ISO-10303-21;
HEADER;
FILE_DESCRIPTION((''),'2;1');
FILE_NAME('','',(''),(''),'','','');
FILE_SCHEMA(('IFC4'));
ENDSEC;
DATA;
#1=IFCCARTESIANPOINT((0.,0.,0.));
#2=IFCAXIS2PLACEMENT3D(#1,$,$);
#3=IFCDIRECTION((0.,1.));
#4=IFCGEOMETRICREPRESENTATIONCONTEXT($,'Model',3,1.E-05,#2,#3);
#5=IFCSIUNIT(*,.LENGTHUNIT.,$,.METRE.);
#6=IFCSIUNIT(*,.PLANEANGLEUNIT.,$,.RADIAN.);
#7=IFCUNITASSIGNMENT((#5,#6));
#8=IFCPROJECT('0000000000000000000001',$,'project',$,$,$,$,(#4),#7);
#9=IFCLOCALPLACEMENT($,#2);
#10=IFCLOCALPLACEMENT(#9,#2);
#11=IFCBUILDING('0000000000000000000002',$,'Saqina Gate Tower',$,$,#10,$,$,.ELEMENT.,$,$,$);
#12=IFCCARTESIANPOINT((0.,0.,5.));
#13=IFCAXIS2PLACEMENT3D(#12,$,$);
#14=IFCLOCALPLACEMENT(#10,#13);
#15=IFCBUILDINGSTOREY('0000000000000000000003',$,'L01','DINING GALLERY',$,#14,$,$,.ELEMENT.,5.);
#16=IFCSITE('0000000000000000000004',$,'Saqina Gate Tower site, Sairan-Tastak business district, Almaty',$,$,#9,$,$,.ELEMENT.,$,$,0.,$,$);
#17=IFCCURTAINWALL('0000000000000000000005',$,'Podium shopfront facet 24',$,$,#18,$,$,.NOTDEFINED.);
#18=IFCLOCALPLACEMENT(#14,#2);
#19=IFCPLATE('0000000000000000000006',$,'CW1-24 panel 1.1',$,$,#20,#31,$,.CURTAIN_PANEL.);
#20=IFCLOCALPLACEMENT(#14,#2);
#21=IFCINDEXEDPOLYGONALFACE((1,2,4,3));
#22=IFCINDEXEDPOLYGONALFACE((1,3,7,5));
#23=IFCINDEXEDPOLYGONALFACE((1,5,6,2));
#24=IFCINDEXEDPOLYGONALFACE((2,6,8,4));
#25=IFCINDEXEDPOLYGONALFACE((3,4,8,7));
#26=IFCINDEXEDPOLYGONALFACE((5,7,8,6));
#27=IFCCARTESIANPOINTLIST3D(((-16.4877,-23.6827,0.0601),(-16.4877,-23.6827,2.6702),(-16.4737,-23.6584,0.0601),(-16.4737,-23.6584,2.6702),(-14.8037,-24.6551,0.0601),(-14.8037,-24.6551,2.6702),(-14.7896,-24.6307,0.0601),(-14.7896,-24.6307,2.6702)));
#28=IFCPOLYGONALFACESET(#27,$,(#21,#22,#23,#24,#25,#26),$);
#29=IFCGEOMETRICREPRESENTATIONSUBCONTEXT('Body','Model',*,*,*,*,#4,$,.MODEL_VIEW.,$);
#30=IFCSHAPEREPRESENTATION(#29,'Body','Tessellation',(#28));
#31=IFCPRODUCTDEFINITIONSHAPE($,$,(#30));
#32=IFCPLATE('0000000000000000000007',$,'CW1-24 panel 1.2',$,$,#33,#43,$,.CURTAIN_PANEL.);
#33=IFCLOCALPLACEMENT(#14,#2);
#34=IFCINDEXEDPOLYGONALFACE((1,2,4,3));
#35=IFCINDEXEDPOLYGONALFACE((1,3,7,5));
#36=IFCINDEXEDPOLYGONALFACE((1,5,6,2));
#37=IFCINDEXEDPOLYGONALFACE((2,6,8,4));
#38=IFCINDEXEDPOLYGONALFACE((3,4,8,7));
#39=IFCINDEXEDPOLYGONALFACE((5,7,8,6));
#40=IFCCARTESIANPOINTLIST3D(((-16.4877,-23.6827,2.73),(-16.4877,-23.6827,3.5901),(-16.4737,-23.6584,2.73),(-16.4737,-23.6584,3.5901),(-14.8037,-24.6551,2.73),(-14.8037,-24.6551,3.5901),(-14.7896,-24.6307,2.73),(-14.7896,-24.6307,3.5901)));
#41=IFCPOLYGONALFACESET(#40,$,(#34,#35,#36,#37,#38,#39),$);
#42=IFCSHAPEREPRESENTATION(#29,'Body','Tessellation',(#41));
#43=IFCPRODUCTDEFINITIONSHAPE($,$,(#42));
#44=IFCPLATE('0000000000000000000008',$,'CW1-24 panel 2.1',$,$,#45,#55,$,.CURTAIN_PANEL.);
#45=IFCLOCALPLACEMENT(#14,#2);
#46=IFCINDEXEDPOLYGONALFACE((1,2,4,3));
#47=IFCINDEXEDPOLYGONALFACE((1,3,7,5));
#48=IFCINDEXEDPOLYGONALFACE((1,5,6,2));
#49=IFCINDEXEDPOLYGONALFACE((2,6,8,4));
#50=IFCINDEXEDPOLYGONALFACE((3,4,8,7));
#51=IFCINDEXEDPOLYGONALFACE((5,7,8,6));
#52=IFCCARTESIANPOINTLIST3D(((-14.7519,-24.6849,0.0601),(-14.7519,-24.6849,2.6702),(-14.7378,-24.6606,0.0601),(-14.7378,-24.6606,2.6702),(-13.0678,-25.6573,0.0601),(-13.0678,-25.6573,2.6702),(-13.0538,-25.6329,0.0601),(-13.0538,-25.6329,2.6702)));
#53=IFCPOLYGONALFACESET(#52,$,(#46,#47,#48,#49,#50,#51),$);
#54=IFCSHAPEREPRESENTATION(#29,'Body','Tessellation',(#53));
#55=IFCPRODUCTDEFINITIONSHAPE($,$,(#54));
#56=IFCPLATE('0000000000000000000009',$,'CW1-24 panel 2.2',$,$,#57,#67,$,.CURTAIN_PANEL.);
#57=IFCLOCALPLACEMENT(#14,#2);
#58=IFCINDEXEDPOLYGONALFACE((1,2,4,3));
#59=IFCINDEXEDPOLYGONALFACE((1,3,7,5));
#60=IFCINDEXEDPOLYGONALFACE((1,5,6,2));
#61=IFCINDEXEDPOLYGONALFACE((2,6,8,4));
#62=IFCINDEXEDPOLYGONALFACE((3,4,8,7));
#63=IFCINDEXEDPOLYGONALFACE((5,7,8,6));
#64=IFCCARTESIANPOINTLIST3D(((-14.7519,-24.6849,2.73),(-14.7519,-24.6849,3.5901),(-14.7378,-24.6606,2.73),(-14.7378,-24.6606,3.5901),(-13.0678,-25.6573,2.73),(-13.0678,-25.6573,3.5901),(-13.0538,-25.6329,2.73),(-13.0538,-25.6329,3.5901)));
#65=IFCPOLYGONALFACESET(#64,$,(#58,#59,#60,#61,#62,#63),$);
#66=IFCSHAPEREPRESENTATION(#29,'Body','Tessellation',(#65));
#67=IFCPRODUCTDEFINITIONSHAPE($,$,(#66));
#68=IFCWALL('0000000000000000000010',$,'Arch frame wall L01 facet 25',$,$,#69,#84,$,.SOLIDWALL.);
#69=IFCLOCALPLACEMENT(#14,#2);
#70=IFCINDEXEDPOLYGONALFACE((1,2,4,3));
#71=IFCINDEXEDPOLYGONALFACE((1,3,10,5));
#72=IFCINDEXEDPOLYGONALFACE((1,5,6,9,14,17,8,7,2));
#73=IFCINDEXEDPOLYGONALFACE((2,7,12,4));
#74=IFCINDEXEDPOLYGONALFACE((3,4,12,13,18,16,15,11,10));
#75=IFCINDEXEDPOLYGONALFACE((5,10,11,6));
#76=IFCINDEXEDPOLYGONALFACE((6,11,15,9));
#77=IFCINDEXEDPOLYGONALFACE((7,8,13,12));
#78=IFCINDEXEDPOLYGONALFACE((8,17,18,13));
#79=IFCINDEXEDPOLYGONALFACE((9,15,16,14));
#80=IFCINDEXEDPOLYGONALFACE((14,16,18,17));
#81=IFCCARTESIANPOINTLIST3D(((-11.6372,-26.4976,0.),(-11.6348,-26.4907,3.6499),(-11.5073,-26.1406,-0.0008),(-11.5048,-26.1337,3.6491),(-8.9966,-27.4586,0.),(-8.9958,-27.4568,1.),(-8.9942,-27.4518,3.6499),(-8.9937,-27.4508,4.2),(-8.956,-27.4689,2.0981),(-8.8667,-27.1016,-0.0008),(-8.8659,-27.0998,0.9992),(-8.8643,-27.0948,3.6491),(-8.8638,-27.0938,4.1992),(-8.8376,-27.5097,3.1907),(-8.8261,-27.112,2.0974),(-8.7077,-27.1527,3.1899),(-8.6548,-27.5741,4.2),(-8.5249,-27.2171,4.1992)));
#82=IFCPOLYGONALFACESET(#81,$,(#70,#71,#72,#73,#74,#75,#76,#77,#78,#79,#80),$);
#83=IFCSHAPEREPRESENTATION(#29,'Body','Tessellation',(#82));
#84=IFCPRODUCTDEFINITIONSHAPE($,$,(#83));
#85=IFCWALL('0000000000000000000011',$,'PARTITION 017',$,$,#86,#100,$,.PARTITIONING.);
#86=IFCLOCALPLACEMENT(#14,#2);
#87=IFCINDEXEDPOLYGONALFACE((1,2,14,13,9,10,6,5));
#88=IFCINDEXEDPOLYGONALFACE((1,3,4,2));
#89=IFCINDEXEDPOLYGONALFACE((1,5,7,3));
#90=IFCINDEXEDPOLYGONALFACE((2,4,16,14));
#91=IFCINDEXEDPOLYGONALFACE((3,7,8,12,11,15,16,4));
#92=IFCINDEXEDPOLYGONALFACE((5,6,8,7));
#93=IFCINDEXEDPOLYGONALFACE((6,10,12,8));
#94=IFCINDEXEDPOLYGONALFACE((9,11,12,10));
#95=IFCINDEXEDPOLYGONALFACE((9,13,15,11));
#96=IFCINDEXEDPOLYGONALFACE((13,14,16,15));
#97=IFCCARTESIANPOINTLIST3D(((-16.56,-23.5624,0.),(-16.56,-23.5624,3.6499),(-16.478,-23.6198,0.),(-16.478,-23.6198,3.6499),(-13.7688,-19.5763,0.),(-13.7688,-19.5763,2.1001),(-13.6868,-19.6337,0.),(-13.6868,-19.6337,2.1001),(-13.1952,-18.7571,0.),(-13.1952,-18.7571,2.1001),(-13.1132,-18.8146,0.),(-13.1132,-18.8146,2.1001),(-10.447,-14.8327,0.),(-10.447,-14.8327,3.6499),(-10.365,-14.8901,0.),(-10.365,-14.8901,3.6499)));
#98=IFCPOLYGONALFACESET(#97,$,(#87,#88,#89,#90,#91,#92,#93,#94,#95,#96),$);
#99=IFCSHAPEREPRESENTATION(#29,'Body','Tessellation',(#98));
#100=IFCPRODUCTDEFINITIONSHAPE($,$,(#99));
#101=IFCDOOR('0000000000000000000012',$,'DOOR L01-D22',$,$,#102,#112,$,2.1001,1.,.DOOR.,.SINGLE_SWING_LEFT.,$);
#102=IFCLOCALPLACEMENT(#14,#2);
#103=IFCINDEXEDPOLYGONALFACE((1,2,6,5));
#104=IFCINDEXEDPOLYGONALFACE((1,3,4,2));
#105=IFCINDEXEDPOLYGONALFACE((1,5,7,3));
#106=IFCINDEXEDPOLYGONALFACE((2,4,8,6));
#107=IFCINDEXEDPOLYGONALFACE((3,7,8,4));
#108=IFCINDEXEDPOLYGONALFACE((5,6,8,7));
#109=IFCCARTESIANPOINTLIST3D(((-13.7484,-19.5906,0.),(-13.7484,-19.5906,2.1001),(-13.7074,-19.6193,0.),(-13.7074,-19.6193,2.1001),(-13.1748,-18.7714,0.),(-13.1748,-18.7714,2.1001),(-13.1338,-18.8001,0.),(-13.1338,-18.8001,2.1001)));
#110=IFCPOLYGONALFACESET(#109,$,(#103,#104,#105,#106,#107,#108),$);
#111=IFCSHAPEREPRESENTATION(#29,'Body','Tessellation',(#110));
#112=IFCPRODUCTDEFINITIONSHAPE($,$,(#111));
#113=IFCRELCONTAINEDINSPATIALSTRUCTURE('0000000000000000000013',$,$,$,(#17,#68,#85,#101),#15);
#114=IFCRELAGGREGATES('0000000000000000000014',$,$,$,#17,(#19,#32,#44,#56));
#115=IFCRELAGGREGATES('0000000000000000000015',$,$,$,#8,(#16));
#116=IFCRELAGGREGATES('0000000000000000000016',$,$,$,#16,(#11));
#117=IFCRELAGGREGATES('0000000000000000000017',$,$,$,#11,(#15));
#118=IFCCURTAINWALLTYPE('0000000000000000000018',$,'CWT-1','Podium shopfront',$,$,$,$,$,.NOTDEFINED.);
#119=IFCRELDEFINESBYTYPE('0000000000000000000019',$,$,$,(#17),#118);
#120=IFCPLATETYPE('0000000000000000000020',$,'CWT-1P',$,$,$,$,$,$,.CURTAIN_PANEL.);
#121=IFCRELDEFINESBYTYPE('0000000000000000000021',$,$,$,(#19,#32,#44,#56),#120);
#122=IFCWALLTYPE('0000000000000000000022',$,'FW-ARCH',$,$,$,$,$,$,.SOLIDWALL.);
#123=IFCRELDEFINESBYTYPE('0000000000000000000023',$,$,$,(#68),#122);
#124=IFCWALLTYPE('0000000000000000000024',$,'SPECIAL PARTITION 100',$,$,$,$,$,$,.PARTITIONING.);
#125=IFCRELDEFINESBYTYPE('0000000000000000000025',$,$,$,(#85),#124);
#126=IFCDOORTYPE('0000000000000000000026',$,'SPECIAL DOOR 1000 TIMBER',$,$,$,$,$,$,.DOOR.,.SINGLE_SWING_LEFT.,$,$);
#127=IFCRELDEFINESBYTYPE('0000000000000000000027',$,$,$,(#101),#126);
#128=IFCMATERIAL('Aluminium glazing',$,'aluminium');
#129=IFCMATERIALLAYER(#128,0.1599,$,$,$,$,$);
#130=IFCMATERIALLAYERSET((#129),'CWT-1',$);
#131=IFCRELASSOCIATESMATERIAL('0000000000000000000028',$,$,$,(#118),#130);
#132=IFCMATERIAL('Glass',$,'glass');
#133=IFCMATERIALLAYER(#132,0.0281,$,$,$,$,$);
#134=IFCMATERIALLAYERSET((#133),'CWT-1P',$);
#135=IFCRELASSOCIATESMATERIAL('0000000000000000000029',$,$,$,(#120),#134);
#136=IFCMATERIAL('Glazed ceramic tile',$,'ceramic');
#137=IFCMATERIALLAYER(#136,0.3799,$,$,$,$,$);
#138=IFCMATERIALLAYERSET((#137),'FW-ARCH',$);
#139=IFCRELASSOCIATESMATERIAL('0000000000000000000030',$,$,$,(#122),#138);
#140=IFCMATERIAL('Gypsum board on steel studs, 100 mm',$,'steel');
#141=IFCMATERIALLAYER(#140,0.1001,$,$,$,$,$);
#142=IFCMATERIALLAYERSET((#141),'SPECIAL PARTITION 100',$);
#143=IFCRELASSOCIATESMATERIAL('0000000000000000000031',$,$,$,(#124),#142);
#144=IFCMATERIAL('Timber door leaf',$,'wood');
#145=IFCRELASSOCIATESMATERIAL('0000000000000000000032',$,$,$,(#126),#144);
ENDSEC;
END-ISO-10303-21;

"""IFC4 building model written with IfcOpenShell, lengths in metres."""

from ifc_helpers import new_model, si_unit, direction, frame, frame_2d, origin, origin_2d, place, context, subcontext, project, spatial, polyline, rectangle, outline, extrude, material, layer, layer_set, type_object, element, fill, aggregate, save


model = new_model("IFC4")

# Units and contexts
model_context = context("Model", 3, precision=1e-05, world=origin(), true_north=direction((0.0, 1.0)))
body_context = subcontext(model_context, "Body", "Model", "MODEL_VIEW")
ifc_project = project(units=[si_unit("LENGTHUNIT", "METRE"), si_unit("PLANEANGLEUNIT", "RADIAN")], contexts=[model_context])

# Site, building, storey
site_placement = place(None, origin())
site = spatial("IfcSite", under=ifc_project, at=site_placement, Name="Saqina Gate Tower site, Sairan-Tastak business district, Almaty", CompositionType="ELEMENT", RefElevation=0.0)
building_placement = place(site_placement, origin())
building = spatial("IfcBuilding", under=site, at=building_placement, Name="Saqina Gate Tower", CompositionType="ELEMENT")
storey_placement = place(building_placement, frame((0.0, 0.0, 5.0)))
storey = spatial("IfcBuildingStorey", under=building, at=storey_placement, Name="L01", Description="DINING GALLERY", CompositionType="ELEMENT", Elevation=5.0)

# Shared definitions
ifc_material_1 = material(Name="Aluminium glazing", Category="aluminium")
ifc_layer_1 = layer(ifc_material_1, 0.1599)
ifc_layer_set_1 = layer_set([ifc_layer_1], Name="CWT-1")
curtain_wall_type = type_object("IfcCurtainWallType", Name="CWT-1", Description="Podium shopfront", PredefinedType="NOTDEFINED", material=ifc_layer_set_1)

# Curtain wall
curtain_wall_1_placement = place(storey_placement, origin())
curtain_wall_1 = element("IfcCurtainWall", 1, at=curtain_wall_1_placement, inside=storey, type_object=curtain_wall_type, Name="Podium shopfront facet 24", PredefinedType="NOTDEFINED")

# Plates
ifc_material_2 = material(Name="Glass", Category="glass")
ifc_layer_2 = layer(ifc_material_2, 0.0281)
ifc_layer_set_2 = layer_set([ifc_layer_2], Name="CWT-1P")
plate_type = type_object("IfcPlateType", Name="CWT-1P", PredefinedType="CURTAIN_PANEL", material=ifc_layer_set_2)
plate_1_placement = place(storey_placement, frame((-15.6387, -24.1567, 0.0601), z_axis=(0.0, 0.0, 1.0), x_axis=(0.866017, -0.500014, 0.0)))
plate_1 = element("IfcPlate", 2, at=plate_1_placement, type_object=plate_type, Name="CW1-24 panel 1.1", PredefinedType="CURTAIN_PANEL", context=body_context, shape_type="SweptSolid", body=[
    extrude(rectangle(XDim=1.9446, YDim=0.0281, at=origin_2d()), origin(), (0.0, 0.0, 1.0), 2.6101),
])
plate_2_placement = place(storey_placement, frame((-15.6387, -24.1567, 2.73), z_axis=(0.0, 0.0, 1.0), x_axis=(0.866017, -0.500014, 0.0)))
plate_2 = element("IfcPlate", 3, at=plate_2_placement, type_object=plate_type, Name="CW1-24 panel 1.2", PredefinedType="CURTAIN_PANEL", context=body_context, shape_type="SweptSolid", body=[
    extrude(rectangle(XDim=1.9446, YDim=0.0281, at=origin_2d()), origin(), (0.0, 0.0, 1.0), 0.8601),
])
plate_3_placement = place(storey_placement, frame((-13.9028, -25.1589, 0.0601), z_axis=(0.0, 0.0, 1.0), x_axis=(0.866017, -0.500014, 0.0)))
plate_3 = element("IfcPlate", 4, at=plate_3_placement, type_object=plate_type, Name="CW1-24 panel 2.1", PredefinedType="CURTAIN_PANEL", context=body_context, shape_type="SweptSolid", body=[
    extrude(rectangle(XDim=1.9446, YDim=0.0281, at=origin_2d()), origin(), (0.0, 0.0, 1.0), 2.6101),
])
plate_4_placement = place(storey_placement, frame((-13.9028, -25.1589, 2.73), z_axis=(0.0, 0.0, 1.0), x_axis=(0.866017, -0.500014, 0.0)))
plate_4 = element("IfcPlate", 5, at=plate_4_placement, type_object=plate_type, Name="CW1-24 panel 2.2", PredefinedType="CURTAIN_PANEL", context=body_context, shape_type="SweptSolid", body=[
    extrude(rectangle(XDim=1.9446, YDim=0.0281, at=origin_2d()), origin(), (0.0, 0.0, 1.0), 0.8601),
])
aggregate(curtain_wall_1, [plate_1, plate_2, plate_3, plate_4])

# Wall
ifc_material_3 = material(Name="Glazed ceramic tile", Category="ceramic")
ifc_layer_3 = layer(ifc_material_3, 0.3799)
ifc_layer_set_3 = layer_set([ifc_layer_3], Name="FW-ARCH")
wall_type_1 = type_object("IfcWallType", Name="FW-ARCH", PredefinedType="SOLIDWALL", material=ifc_layer_set_3)
wall_1_placement = place(storey_placement, frame((-11.6372, -26.4976, 0.0), z_axis=(-0.34201, -0.939694, 0.001993), x_axis=(0.00067, 0.001877, 0.999998)))
element("IfcWall", 6, at=wall_1_placement, inside=storey, type_object=wall_type_1, Name="Arch frame wall L01 facet 25", PredefinedType="SOLIDWALL", context=body_context, shape_type="SweptSolid", body=[
    extrude(outline(polyline([(0.0, 0.0), (3.6499, 0.0), (3.6499, -2.81), (4.1999, -2.8102), (4.1999, -3.1708), (3.1906, -2.977), (2.0981, -2.8517), (1.0, -2.8102), (0.0, -2.81), (0.0, 0.0)])), origin(), (0.0, 0.0, -1.0), 0.3799),
])

# Wall, opening, door
ifc_material_4 = material(Name="Gypsum board on steel studs, 100 mm", Category="steel")
ifc_layer_4 = layer(ifc_material_4, 0.1001)
ifc_layer_set_4 = layer_set([ifc_layer_4], Name="SPECIAL PARTITION 100")
wall_type_2 = type_object("IfcWallType", Name="SPECIAL PARTITION 100", PredefinedType="PARTITIONING", material=ifc_layer_set_4)
wall_2_placement = place(storey_placement, frame((-16.519, -23.5911, 0.0), z_axis=(0.0, 0.0, 1.0), x_axis=(0.573602, 0.819134, 0.0)))
wall_2 = element("IfcWall", 7, at=wall_2_placement, inside=storey, type_object=wall_type_2, Name="PARTITION 017", PredefinedType="PARTITIONING", context=body_context, shape_type="SweptSolid", body=[
    extrude(rectangle(XDim=10.6572, YDim=0.1001, at=frame_2d((5.3286, 0.0))), origin(), (0.0, 0.0, 1.0), 3.6499),
])
opening_1_placement = place(wall_2_placement, frame((4.8662, 0.0, 0.0)))
opening_1 = element("IfcOpeningElement", 8, at=opening_1_placement, cuts=wall_2, PredefinedType="OPENING", context=body_context, shape_type="SweptSolid", body=[
    extrude(rectangle(XDim=1.0, YDim=2.1001, at=frame_2d((0.5, 1.05))), frame((0.0, 0.062, 0.0), z_axis=(0.0, -1.0, 0.0), x_axis=(1.0, 0.0, 0.0)), (0.0, 0.0, 1.0), 0.124),
])
ifc_material_5 = material(Name="Timber door leaf", Category="wood")
door_type = type_object("IfcDoorType", Name="SPECIAL DOOR 1000 TIMBER", OperationType="SINGLE_SWING_LEFT", PredefinedType="DOOR", material=ifc_material_5)
door_placement = place(opening_1_placement, frame((1.0, 0.0, 0.0), z_axis=(0.0, 0.0, 1.0), x_axis=(-1.0, 0.0, 0.0)))
door = element("IfcDoor", 9, at=door_placement, inside=storey, type_object=door_type, Name="DOOR L01-D22", OperationType="SINGLE_SWING_LEFT", OverallHeight=2.1001, OverallWidth=1.0, PredefinedType="DOOR", context=body_context, shape_type="SweptSolid", body=[
    extrude(rectangle(XDim=1.0, YDim=2.1001, at=frame_2d((0.5, 1.05))), frame((0.0, 0.0249, 0.0), z_axis=(0.0, -1.0, 0.0), x_axis=(1.0, 0.0, 0.0)), (0.0, 0.0, 1.0), 0.05),
])
fill(opening_1, door)

save(model, "model.ifc")
